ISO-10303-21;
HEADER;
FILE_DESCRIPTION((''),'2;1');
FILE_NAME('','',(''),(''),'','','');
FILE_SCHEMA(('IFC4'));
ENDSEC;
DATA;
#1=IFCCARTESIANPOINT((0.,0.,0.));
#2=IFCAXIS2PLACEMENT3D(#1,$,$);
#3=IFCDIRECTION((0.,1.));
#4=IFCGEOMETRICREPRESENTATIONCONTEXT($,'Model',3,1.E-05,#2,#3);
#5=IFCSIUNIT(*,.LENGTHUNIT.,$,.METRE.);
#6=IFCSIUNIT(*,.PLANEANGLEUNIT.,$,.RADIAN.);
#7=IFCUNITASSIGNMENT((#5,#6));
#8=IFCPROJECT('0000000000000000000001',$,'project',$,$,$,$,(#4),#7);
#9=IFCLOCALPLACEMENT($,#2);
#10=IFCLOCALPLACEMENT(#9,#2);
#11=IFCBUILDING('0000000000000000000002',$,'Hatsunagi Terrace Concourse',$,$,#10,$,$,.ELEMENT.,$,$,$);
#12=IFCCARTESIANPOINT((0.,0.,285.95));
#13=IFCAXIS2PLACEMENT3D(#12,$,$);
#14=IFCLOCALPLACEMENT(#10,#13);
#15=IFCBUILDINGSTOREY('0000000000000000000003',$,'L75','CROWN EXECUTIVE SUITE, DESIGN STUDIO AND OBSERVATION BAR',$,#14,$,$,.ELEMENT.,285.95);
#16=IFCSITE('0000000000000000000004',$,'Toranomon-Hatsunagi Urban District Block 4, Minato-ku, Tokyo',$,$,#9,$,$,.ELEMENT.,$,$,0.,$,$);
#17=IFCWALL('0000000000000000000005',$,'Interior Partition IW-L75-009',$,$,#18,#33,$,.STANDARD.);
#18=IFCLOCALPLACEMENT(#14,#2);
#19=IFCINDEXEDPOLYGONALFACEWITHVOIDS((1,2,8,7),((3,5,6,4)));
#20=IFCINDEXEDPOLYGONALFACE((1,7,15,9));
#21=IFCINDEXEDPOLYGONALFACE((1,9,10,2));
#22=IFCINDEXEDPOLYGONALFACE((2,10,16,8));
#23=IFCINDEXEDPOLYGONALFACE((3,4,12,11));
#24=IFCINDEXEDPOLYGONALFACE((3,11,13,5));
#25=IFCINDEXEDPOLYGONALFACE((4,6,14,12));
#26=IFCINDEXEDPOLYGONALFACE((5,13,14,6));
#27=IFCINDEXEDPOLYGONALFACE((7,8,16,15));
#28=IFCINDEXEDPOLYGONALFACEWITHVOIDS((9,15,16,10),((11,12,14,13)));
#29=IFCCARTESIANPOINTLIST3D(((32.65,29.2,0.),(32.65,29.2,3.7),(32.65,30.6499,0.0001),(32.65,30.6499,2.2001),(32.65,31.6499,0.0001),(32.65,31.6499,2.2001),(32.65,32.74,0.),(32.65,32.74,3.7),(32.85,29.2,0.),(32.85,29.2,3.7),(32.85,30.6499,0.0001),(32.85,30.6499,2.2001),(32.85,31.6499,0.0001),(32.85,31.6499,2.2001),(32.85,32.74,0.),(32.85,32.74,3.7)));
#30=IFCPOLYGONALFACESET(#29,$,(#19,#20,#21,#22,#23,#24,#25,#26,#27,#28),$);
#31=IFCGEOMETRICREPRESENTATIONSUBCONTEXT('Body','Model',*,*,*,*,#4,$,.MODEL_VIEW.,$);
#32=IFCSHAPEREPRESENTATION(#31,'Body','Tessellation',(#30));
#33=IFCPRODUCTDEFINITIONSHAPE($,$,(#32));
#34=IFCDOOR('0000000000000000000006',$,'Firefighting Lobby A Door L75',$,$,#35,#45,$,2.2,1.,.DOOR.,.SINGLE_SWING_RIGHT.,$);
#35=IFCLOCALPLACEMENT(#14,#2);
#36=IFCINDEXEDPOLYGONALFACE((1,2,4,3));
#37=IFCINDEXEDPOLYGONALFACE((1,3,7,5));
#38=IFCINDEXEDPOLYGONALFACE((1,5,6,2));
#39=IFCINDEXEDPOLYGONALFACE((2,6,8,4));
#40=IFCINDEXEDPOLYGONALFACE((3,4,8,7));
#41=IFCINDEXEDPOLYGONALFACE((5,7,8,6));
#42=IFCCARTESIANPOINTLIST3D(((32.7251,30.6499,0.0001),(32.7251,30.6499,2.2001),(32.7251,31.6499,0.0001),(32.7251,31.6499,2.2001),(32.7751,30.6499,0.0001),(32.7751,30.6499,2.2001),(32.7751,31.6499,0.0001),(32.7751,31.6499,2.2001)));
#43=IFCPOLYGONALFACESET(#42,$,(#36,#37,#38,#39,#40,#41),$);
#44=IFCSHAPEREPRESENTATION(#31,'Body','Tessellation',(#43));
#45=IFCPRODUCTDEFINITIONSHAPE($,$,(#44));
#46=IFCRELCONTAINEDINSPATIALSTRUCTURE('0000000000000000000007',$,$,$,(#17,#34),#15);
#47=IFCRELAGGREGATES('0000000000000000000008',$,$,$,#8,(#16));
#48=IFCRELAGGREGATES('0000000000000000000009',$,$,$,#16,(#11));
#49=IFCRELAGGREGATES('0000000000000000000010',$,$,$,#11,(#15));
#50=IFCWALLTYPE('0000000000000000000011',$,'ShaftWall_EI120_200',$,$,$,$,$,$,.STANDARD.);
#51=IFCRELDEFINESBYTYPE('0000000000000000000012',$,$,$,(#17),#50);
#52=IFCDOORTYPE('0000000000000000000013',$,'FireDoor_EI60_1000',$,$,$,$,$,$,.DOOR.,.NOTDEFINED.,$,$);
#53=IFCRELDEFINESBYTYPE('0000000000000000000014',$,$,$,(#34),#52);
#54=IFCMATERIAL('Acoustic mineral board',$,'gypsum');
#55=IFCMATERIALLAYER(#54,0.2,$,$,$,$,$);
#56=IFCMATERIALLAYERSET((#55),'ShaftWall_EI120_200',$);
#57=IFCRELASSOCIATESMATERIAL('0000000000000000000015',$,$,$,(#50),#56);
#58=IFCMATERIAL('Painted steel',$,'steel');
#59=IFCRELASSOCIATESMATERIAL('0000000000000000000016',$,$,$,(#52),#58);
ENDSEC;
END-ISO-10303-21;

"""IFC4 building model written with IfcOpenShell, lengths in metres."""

from ifc_helpers import new_model, si_unit, direction, frame, frame_2d, origin, place, context, subcontext, project, spatial, rectangle, extrude, material, layer, layer_set, type_object, element, fill, save


model = new_model("IFC4")

# Units and contexts
model_context = context("Model", 3, precision=1e-05, world=origin(), true_north=direction((0.0, 1.0)))
body_context = subcontext(model_context, "Body", "Model", "MODEL_VIEW")
ifc_project = project(units=[si_unit("LENGTHUNIT", "METRE"), si_unit("PLANEANGLEUNIT", "RADIAN")], contexts=[model_context])

# Site, building, storey
site_placement = place(None, origin())
site = spatial("IfcSite", under=ifc_project, at=site_placement, Name="Toranomon-Hatsunagi Urban District Block 4, Minato-ku, Tokyo", CompositionType="ELEMENT", RefElevation=0.0)
building_placement = place(site_placement, origin())
building = spatial("IfcBuilding", under=site, at=building_placement, Name="Hatsunagi Terrace Concourse", CompositionType="ELEMENT")
storey_placement = place(building_placement, frame((0.0, 0.0, 285.95)))
storey = spatial("IfcBuildingStorey", under=building, at=storey_placement, Name="L75", Description="CROWN EXECUTIVE SUITE, DESIGN STUDIO AND OBSERVATION BAR", CompositionType="ELEMENT", Elevation=285.95)

# Shared definitions
ifc_material_1 = material(Name="Acoustic mineral board", Category="gypsum")
ifc_layer_1 = layer(ifc_material_1, 0.2)
ifc_layer_set_1 = layer_set([ifc_layer_1], Name="ShaftWall_EI120_200")
wall_type_1 = type_object("IfcWallType", Name="ShaftWall_EI120_200", PredefinedType="STANDARD", material=ifc_layer_set_1)

# Wall, opening, door
wall_1_placement = place(storey_placement, frame((32.75, 29.2, 0.0), z_axis=(0.0, 0.0, 1.0), x_axis=(0.0, 1.0, 0.0)))
wall_1 = element("IfcWall", 1, at=wall_1_placement, inside=storey, type_object=wall_type_1, Name="Interior Partition IW-L75-009", PredefinedType="STANDARD", context=body_context, shape_type="SweptSolid", body=[
    extrude(rectangle(XDim=3.54, YDim=0.2, at=frame_2d((1.77, 0.0))), origin(), (0.0, 0.0, 1.0), 3.7),
])
opening_1_placement = place(wall_1_placement, frame((1.45, 0.0, 0.0)))
opening_1 = element("IfcOpeningElement", 2, at=opening_1_placement, cuts=wall_1, PredefinedType="OPENING", context=body_context, shape_type="SweptSolid", body=[
    extrude(rectangle(XDim=1.0, YDim=2.2, at=frame_2d((0.5, 1.1001))), frame((0.0, 0.1099, 0.0), z_axis=(0.0, -1.0, 0.0), x_axis=(1.0, 0.0, 0.0)), (0.0, 0.0, 1.0), 0.22),
])
ifc_material_2 = material(Name="Painted steel", Category="steel")
door_type_1 = type_object("IfcDoorType", Name="FireDoor_EI60_1000", OperationType="NOTDEFINED", PredefinedType="DOOR", material=ifc_material_2)
door_1_placement = place(opening_1_placement, origin())
door_1 = element("IfcDoor", 3, at=door_1_placement, inside=storey, type_object=door_type_1, Name="Firefighting Lobby A Door L75", OperationType="SINGLE_SWING_RIGHT", OverallHeight=2.2, OverallWidth=1.0, PredefinedType="DOOR", context=body_context, shape_type="SweptSolid", body=[
    extrude(rectangle(XDim=1.0, YDim=2.2, at=frame_2d((0.5, 1.1001))), frame((0.0, 0.0249, 0.0), z_axis=(0.0, -1.0, 0.0), x_axis=(1.0, 0.0, 0.0)), (0.0, 0.0, 1.0), 0.05),
])
fill(opening_1, door_1)

save(model, "model.ifc")
